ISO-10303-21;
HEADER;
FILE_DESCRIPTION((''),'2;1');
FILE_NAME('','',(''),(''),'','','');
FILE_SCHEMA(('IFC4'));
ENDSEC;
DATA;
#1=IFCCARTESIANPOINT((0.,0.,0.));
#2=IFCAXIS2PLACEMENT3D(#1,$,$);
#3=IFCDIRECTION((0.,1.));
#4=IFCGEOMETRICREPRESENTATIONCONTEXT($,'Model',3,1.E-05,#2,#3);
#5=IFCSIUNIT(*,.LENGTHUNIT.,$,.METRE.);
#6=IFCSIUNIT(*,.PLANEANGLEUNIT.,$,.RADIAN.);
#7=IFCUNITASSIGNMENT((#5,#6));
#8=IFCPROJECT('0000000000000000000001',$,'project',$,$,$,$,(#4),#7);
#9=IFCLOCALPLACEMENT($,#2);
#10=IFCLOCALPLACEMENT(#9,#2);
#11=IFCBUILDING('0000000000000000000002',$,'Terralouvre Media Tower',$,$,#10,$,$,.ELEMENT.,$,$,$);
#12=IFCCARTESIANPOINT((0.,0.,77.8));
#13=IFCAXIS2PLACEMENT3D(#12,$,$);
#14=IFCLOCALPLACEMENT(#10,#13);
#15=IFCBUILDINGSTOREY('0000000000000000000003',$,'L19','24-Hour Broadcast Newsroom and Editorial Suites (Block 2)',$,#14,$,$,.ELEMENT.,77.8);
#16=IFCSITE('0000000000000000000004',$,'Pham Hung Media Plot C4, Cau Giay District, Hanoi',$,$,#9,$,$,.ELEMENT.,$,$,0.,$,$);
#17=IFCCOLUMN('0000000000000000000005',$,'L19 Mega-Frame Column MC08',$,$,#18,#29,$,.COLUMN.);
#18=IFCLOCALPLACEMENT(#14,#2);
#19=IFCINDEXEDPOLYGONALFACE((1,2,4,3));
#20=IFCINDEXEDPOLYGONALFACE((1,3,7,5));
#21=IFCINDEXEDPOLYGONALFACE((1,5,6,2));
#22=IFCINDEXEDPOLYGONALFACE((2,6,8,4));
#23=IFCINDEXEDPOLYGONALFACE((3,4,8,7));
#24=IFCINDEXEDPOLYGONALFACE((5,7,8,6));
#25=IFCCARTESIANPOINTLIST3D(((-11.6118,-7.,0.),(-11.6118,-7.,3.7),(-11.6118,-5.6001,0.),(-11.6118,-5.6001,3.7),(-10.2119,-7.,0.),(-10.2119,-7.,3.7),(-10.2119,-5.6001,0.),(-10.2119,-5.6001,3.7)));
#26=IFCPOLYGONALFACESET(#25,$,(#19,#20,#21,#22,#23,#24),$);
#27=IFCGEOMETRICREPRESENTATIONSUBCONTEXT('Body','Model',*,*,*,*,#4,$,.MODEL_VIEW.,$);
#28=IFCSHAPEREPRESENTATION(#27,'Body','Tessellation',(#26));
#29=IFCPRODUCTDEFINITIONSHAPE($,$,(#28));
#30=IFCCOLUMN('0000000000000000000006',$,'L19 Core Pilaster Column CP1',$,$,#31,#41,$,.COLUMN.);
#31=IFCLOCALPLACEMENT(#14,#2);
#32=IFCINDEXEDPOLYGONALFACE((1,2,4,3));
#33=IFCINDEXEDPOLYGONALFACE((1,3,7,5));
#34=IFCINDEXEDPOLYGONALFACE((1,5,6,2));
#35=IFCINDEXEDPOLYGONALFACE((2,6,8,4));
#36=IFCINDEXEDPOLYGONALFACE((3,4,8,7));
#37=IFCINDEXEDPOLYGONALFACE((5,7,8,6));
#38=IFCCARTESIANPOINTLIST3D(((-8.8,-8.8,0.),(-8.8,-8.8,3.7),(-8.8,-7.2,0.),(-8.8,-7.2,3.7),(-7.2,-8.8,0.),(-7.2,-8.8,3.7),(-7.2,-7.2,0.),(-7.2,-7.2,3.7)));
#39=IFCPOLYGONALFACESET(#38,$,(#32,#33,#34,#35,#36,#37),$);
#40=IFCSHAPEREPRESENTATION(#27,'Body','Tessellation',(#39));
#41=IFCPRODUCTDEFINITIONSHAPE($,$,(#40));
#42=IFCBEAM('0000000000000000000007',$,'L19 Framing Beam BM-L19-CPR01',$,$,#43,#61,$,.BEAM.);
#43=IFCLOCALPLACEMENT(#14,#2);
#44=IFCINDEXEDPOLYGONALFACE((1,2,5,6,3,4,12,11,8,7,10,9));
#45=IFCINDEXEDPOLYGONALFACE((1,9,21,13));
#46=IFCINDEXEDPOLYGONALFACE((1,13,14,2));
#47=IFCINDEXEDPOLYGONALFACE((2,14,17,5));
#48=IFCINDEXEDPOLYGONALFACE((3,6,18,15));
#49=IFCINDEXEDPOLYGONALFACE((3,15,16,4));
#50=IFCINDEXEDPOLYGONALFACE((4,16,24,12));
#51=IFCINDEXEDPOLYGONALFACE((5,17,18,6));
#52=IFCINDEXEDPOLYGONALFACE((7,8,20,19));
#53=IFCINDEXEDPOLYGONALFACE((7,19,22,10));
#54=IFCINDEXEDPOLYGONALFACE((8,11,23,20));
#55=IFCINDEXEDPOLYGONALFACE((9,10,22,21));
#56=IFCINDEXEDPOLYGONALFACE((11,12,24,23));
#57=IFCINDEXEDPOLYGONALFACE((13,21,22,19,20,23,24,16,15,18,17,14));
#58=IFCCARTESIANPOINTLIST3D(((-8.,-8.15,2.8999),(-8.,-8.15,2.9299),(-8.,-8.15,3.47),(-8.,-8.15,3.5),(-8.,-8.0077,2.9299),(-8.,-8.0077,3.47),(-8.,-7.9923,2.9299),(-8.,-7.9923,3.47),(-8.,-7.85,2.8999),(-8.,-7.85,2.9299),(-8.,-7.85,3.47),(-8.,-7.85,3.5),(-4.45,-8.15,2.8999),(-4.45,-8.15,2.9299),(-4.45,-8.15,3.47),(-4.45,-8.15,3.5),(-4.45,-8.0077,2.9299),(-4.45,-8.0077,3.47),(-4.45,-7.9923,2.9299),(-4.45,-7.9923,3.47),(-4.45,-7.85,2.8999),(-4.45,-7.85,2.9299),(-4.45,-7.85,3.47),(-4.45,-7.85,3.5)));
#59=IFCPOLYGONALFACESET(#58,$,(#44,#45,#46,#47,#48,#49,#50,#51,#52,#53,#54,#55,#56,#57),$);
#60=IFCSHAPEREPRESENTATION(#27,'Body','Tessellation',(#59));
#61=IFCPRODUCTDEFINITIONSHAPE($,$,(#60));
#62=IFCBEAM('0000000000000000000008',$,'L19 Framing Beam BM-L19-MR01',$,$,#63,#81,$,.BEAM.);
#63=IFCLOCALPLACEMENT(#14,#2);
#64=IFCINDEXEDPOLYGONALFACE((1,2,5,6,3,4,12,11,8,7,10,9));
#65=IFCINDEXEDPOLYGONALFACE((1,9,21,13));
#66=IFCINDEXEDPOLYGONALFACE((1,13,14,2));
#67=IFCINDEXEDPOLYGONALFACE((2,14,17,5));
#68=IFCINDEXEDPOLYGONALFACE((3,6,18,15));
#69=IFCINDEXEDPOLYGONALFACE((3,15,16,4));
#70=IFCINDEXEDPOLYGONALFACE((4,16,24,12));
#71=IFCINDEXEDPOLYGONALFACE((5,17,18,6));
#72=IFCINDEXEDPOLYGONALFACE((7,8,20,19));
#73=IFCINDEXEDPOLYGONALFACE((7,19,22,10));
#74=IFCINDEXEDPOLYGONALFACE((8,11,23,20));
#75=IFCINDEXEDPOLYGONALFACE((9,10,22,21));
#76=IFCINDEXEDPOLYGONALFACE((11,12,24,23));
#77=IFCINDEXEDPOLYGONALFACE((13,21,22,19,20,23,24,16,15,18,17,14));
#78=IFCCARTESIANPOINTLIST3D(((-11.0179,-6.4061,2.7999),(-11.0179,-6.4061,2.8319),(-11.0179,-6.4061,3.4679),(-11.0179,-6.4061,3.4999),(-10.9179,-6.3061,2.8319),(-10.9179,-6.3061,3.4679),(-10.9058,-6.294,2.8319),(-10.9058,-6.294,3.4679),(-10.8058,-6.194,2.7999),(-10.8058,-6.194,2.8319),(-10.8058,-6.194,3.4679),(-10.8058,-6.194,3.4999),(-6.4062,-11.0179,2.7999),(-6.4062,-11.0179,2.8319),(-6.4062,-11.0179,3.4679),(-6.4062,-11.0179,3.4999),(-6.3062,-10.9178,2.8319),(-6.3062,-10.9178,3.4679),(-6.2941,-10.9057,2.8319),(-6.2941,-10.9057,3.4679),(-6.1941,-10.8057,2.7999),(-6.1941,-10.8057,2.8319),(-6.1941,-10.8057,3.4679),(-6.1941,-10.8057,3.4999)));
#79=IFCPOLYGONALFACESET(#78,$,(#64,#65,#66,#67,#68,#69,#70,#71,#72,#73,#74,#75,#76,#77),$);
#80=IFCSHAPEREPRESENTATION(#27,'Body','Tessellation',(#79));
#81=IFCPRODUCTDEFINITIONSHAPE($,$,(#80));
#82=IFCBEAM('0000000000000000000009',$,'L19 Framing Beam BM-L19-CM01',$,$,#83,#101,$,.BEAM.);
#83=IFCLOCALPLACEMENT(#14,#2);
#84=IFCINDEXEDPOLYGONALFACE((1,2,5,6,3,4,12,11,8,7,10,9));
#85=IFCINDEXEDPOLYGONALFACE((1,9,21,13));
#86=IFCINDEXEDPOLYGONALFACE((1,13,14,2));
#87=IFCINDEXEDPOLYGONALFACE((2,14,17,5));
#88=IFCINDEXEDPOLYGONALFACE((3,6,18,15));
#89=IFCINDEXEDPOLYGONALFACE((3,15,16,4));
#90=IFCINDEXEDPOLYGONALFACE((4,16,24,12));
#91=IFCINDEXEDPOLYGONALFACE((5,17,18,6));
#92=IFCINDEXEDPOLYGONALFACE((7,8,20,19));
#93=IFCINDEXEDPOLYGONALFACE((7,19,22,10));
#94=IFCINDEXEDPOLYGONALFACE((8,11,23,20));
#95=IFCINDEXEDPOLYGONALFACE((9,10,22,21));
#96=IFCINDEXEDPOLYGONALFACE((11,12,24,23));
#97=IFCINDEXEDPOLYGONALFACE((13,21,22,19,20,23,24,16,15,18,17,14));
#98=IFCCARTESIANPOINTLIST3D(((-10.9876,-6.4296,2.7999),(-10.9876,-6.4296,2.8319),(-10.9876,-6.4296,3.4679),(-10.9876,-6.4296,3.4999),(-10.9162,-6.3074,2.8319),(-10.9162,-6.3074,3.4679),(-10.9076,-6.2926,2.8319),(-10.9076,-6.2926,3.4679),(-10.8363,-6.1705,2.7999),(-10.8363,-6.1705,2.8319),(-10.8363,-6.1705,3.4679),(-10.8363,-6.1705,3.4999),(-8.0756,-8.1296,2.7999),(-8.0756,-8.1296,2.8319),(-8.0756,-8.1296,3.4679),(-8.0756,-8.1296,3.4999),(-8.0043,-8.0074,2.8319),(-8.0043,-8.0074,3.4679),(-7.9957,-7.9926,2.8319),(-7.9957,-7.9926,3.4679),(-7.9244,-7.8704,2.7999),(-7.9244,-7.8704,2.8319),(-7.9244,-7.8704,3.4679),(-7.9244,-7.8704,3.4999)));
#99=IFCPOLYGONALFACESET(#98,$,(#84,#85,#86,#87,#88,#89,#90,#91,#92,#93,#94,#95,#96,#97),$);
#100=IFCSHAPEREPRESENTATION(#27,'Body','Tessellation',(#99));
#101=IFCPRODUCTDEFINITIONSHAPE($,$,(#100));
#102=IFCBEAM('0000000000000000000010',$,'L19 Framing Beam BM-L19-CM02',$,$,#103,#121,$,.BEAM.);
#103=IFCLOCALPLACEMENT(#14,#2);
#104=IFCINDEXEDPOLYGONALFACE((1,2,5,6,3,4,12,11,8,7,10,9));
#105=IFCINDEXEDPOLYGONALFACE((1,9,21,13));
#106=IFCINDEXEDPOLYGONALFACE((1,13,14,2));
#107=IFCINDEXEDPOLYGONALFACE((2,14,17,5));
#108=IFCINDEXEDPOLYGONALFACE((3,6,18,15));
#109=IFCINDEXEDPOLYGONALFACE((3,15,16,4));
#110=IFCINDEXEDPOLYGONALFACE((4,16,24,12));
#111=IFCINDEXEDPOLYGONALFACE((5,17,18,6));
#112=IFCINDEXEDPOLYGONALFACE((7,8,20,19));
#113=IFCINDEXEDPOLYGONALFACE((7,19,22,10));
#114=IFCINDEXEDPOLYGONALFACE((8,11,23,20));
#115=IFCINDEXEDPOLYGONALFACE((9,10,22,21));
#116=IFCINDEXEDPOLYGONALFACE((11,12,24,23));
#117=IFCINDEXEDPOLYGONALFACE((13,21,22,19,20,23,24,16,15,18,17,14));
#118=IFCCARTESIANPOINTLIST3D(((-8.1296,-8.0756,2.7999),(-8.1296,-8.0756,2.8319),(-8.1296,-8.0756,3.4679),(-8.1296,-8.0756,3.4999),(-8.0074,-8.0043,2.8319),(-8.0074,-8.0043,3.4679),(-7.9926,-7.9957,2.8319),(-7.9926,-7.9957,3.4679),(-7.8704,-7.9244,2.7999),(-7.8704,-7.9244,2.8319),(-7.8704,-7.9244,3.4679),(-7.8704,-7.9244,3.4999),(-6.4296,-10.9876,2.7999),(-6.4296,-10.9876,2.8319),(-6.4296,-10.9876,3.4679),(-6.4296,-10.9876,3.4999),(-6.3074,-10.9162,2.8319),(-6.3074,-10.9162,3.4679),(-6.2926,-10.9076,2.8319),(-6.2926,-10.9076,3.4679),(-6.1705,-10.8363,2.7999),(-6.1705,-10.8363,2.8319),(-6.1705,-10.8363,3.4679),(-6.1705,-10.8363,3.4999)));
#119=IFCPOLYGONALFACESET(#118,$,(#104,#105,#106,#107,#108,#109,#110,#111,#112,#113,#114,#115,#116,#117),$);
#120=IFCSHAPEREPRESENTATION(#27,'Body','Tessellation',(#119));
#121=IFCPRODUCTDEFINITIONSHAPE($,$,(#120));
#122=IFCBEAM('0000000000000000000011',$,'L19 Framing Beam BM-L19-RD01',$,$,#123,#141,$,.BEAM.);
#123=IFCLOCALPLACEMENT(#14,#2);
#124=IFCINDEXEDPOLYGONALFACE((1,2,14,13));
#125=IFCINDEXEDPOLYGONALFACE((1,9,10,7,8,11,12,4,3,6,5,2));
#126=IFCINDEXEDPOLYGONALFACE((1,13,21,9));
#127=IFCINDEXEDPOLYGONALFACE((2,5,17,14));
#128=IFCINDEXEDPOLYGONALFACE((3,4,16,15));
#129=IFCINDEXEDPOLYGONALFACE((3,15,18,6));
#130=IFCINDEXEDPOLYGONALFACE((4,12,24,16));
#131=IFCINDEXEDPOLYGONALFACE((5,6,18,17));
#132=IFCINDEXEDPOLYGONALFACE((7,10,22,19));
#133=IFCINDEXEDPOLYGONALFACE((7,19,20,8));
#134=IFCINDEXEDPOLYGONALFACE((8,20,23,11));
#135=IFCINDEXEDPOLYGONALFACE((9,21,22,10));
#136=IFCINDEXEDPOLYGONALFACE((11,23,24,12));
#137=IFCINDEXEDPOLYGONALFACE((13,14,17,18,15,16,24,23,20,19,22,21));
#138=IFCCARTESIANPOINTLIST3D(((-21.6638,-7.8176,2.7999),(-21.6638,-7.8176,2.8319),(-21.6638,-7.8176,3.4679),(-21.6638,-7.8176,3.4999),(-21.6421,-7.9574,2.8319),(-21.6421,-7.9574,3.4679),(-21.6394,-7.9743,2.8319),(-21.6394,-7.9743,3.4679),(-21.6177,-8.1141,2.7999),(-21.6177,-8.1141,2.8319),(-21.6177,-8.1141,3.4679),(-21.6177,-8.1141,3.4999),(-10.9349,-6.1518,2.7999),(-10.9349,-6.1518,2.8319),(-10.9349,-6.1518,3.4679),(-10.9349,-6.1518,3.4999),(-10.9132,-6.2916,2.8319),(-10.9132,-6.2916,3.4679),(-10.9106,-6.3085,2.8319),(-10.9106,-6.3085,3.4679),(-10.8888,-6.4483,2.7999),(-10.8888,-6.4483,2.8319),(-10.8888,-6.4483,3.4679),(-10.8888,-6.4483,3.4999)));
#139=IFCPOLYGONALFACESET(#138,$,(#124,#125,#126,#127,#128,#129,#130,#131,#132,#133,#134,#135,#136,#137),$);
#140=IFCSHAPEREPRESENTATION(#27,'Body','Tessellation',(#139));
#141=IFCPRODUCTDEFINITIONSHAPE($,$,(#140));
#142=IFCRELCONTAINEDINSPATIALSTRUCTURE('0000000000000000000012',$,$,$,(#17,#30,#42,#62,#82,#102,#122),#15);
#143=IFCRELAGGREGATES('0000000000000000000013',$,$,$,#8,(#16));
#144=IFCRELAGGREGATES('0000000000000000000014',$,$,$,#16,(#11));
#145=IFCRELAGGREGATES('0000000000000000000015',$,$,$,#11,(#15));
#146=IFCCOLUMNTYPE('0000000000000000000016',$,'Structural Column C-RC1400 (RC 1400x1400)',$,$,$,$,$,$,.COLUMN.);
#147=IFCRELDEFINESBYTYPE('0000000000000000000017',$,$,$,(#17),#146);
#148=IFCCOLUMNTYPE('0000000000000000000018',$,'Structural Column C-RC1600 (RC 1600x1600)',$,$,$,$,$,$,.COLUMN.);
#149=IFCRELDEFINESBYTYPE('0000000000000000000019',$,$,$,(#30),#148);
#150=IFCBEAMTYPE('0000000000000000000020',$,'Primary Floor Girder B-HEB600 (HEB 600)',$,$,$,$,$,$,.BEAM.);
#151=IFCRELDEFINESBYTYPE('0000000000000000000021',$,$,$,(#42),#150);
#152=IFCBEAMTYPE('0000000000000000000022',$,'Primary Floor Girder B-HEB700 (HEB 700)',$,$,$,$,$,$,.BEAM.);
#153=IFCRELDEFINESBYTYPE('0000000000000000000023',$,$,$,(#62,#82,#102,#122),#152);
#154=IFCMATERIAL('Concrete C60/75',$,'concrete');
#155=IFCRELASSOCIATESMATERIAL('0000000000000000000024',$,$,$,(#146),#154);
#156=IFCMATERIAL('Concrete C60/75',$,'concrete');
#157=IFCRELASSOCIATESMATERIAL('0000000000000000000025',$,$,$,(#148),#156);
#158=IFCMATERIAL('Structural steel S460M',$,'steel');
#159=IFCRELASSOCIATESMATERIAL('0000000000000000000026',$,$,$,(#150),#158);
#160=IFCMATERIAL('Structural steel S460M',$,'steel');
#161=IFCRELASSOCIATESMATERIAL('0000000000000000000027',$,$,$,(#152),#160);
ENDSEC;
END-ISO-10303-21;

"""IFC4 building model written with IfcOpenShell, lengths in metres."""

from ifc_helpers import new_model, si_unit, direction, frame, origin, origin_2d, place, context, subcontext, project, spatial, rectangle, i_section, extrude, material, material_profile, profile_set, type_object, element, save


model = new_model("IFC4")

# Units and contexts
model_context = context("Model", 3, precision=1e-05, world=origin(), true_north=direction((0.0, 1.0)))
body_context = subcontext(model_context, "Body", "Model", "MODEL_VIEW")
ifc_project = project(units=[si_unit("LENGTHUNIT", "METRE"), si_unit("PLANEANGLEUNIT", "RADIAN")], contexts=[model_context])

# Site, building, storey
site_placement = place(None, origin())
site = spatial("IfcSite", under=ifc_project, at=site_placement, Name="Pham Hung Media Plot C4, Cau Giay District, Hanoi", CompositionType="ELEMENT", RefElevation=0.0)
building_placement = place(site_placement, origin())
building = spatial("IfcBuilding", under=site, at=building_placement, Name="Terralouvre Media Tower", CompositionType="ELEMENT")
storey_placement = place(building_placement, frame((0.0, 0.0, 77.8)))
storey = spatial("IfcBuildingStorey", under=building, at=storey_placement, Name="L19", Description="24-Hour Broadcast Newsroom and Editorial Suites (Block 2)", CompositionType="ELEMENT", Elevation=77.8)

# Columns
ifc_material_1 = material(Name="Concrete C60/75", Category="concrete")
ifc_material_profile_1 = material_profile(ifc_material_1, rectangle(XDim=1.3999, YDim=1.3999, at=origin_2d()), Name="RC 1400x1400")
ifc_profile_set_1 = profile_set([ifc_material_profile_1], Name="Concrete C60/75")
column_type_1 = type_object("IfcColumnType", Name="Structural Column C-RC1400 (RC 1400x1400)", PredefinedType="COLUMN", material=ifc_profile_set_1)
column_1_placement = place(storey_placement, frame((-10.9119, -6.3, 0.0), z_axis=(0.0, 0.0, 1.0), x_axis=(1.0, 0.0, 0.0)))
element("IfcColumn", 1, at=column_1_placement, inside=storey, type_object=column_type_1, Name="L19 Mega-Frame Column MC08", PredefinedType="COLUMN", context=body_context, shape_type="SweptSolid", body=[
    extrude(rectangle(XDim=1.3999, YDim=1.3999, at=origin_2d()), origin(), (0.0, 0.0, 1.0), 3.7),
])
ifc_material_2 = material(Name="Concrete C60/75", Category="concrete")
ifc_material_profile_2 = material_profile(ifc_material_2, rectangle(XDim=1.6001, YDim=1.6001, at=origin_2d()), Name="RC 1600x1600")
ifc_profile_set_2 = profile_set([ifc_material_profile_2], Name="Concrete C60/75")
column_type_2 = type_object("IfcColumnType", Name="Structural Column C-RC1600 (RC 1600x1600)", PredefinedType="COLUMN", material=ifc_profile_set_2)
column_2_placement = place(storey_placement, frame((-8.0, -8.0, 0.0), z_axis=(0.0, 0.0, 1.0), x_axis=(1.0, 0.0, 0.0)))
element("IfcColumn", 2, at=column_2_placement, inside=storey, type_object=column_type_2, Name="L19 Core Pilaster Column CP1", PredefinedType="COLUMN", context=body_context, shape_type="SweptSolid", body=[
    extrude(rectangle(XDim=1.6001, YDim=1.6001, at=origin_2d()), origin(), (0.0, 0.0, 1.0), 3.7),
])

# Beams
ifc_material_3 = material(Name="Structural steel S460M", Category="steel")
ifc_material_profile_3 = material_profile(ifc_material_3, i_section(OverallWidth=0.3, OverallDepth=0.6001, WebThickness=0.0154, FlangeThickness=0.03, at=origin_2d()), Name="HEB 600")
ifc_profile_set_3 = profile_set([ifc_material_profile_3], Name="Structural steel S460M")
beam_type_1 = type_object("IfcBeamType", Name="Primary Floor Girder B-HEB600 (HEB 600)", PredefinedType="BEAM", material=ifc_profile_set_3)
beam_1_placement = place(storey_placement, frame((-8.0, -8.0, 3.2), z_axis=(1.0, 0.0, 0.0), x_axis=(0.0, 1.0, 0.0)))
element("IfcBeam", 3, at=beam_1_placement, inside=storey, type_object=beam_type_1, Name="L19 Framing Beam BM-L19-CPR01", PredefinedType="BEAM", context=body_context, shape_type="SweptSolid", body=[
    extrude(i_section(OverallWidth=0.3, OverallDepth=0.6001, WebThickness=0.0154, FlangeThickness=0.03, at=origin_2d()), origin(), (0.0, 0.0, 1.0), 3.55),
])
ifc_material_4 = material(Name="Structural steel S460M", Category="steel")
ifc_material_profile_4 = material_profile(ifc_material_4, i_section(OverallWidth=0.3, OverallDepth=0.7, WebThickness=0.0171, FlangeThickness=0.032, at=origin_2d()), Name="HEB 700")
ifc_profile_set_4 = profile_set([ifc_material_profile_4], Name="Structural steel S460M")
beam_type_2 = type_object("IfcBeamType", Name="Primary Floor Girder B-HEB700 (HEB 700)", PredefinedType="BEAM", material=ifc_profile_set_4)
beam_2_placement = place(storey_placement, frame((-10.9119, -6.3, 3.1499), z_axis=(0.707107, -0.707107, 0.0), x_axis=(0.707107, 0.707107, 0.0)))
element("IfcBeam", 4, at=beam_2_placement, inside=storey, type_object=beam_type_2, Name="L19 Framing Beam BM-L19-MR01", PredefinedType="BEAM", context=body_context, shape_type="SweptSolid", body=[
    extrude(i_section(OverallWidth=0.3, OverallDepth=0.7, WebThickness=0.0171, FlangeThickness=0.032, at=origin_2d()), origin(), (0.0, 0.0, 1.0), 6.522),
])
for number, where, z_axis, x_axis, name in (
    (5, (-8.0, -8.0, 3.1499), (-0.863603, 0.504173, 0.0), (-0.504173, -0.863603, 0.0), "L19 Framing Beam BM-L19-CM01"),
    (6, (-8.0, -8.0, 3.1499), (0.504173, -0.863603, 0.0), (0.863603, 0.504173, 0.0), "L19 Framing Beam BM-L19-CM02"),
):
    element("IfcBeam", number, at=place(storey_placement, frame(where, z_axis=z_axis, x_axis=x_axis)), inside=storey, type_object=beam_type_2, Name=name, PredefinedType="BEAM", context=body_context, shape_type="SweptSolid", body=[
        extrude(i_section(OverallWidth=0.3, OverallDepth=0.7, WebThickness=0.0171, FlangeThickness=0.032, at=origin_2d()), origin(), (0.0, 0.0, 1.0), 3.3718),
    ])
beam_3_placement = place(storey_placement, frame((-10.9119, -6.3, 3.1499), z_axis=(-0.98816, -0.153424, 0.0), x_axis=(0.153424, -0.98816, 0.0)))
element("IfcBeam", 7, at=beam_3_placement, inside=storey, type_object=beam_type_2, Name="L19 Framing Beam BM-L19-RD01", PredefinedType="BEAM", context=body_context, shape_type="SweptSolid", body=[
    extrude(i_section(OverallWidth=0.3, OverallDepth=0.7, WebThickness=0.0171, FlangeThickness=0.032, at=origin_2d()), origin(), (0.0, 0.0, 1.0), 10.8574),
])

save(model, "model.ifc")
